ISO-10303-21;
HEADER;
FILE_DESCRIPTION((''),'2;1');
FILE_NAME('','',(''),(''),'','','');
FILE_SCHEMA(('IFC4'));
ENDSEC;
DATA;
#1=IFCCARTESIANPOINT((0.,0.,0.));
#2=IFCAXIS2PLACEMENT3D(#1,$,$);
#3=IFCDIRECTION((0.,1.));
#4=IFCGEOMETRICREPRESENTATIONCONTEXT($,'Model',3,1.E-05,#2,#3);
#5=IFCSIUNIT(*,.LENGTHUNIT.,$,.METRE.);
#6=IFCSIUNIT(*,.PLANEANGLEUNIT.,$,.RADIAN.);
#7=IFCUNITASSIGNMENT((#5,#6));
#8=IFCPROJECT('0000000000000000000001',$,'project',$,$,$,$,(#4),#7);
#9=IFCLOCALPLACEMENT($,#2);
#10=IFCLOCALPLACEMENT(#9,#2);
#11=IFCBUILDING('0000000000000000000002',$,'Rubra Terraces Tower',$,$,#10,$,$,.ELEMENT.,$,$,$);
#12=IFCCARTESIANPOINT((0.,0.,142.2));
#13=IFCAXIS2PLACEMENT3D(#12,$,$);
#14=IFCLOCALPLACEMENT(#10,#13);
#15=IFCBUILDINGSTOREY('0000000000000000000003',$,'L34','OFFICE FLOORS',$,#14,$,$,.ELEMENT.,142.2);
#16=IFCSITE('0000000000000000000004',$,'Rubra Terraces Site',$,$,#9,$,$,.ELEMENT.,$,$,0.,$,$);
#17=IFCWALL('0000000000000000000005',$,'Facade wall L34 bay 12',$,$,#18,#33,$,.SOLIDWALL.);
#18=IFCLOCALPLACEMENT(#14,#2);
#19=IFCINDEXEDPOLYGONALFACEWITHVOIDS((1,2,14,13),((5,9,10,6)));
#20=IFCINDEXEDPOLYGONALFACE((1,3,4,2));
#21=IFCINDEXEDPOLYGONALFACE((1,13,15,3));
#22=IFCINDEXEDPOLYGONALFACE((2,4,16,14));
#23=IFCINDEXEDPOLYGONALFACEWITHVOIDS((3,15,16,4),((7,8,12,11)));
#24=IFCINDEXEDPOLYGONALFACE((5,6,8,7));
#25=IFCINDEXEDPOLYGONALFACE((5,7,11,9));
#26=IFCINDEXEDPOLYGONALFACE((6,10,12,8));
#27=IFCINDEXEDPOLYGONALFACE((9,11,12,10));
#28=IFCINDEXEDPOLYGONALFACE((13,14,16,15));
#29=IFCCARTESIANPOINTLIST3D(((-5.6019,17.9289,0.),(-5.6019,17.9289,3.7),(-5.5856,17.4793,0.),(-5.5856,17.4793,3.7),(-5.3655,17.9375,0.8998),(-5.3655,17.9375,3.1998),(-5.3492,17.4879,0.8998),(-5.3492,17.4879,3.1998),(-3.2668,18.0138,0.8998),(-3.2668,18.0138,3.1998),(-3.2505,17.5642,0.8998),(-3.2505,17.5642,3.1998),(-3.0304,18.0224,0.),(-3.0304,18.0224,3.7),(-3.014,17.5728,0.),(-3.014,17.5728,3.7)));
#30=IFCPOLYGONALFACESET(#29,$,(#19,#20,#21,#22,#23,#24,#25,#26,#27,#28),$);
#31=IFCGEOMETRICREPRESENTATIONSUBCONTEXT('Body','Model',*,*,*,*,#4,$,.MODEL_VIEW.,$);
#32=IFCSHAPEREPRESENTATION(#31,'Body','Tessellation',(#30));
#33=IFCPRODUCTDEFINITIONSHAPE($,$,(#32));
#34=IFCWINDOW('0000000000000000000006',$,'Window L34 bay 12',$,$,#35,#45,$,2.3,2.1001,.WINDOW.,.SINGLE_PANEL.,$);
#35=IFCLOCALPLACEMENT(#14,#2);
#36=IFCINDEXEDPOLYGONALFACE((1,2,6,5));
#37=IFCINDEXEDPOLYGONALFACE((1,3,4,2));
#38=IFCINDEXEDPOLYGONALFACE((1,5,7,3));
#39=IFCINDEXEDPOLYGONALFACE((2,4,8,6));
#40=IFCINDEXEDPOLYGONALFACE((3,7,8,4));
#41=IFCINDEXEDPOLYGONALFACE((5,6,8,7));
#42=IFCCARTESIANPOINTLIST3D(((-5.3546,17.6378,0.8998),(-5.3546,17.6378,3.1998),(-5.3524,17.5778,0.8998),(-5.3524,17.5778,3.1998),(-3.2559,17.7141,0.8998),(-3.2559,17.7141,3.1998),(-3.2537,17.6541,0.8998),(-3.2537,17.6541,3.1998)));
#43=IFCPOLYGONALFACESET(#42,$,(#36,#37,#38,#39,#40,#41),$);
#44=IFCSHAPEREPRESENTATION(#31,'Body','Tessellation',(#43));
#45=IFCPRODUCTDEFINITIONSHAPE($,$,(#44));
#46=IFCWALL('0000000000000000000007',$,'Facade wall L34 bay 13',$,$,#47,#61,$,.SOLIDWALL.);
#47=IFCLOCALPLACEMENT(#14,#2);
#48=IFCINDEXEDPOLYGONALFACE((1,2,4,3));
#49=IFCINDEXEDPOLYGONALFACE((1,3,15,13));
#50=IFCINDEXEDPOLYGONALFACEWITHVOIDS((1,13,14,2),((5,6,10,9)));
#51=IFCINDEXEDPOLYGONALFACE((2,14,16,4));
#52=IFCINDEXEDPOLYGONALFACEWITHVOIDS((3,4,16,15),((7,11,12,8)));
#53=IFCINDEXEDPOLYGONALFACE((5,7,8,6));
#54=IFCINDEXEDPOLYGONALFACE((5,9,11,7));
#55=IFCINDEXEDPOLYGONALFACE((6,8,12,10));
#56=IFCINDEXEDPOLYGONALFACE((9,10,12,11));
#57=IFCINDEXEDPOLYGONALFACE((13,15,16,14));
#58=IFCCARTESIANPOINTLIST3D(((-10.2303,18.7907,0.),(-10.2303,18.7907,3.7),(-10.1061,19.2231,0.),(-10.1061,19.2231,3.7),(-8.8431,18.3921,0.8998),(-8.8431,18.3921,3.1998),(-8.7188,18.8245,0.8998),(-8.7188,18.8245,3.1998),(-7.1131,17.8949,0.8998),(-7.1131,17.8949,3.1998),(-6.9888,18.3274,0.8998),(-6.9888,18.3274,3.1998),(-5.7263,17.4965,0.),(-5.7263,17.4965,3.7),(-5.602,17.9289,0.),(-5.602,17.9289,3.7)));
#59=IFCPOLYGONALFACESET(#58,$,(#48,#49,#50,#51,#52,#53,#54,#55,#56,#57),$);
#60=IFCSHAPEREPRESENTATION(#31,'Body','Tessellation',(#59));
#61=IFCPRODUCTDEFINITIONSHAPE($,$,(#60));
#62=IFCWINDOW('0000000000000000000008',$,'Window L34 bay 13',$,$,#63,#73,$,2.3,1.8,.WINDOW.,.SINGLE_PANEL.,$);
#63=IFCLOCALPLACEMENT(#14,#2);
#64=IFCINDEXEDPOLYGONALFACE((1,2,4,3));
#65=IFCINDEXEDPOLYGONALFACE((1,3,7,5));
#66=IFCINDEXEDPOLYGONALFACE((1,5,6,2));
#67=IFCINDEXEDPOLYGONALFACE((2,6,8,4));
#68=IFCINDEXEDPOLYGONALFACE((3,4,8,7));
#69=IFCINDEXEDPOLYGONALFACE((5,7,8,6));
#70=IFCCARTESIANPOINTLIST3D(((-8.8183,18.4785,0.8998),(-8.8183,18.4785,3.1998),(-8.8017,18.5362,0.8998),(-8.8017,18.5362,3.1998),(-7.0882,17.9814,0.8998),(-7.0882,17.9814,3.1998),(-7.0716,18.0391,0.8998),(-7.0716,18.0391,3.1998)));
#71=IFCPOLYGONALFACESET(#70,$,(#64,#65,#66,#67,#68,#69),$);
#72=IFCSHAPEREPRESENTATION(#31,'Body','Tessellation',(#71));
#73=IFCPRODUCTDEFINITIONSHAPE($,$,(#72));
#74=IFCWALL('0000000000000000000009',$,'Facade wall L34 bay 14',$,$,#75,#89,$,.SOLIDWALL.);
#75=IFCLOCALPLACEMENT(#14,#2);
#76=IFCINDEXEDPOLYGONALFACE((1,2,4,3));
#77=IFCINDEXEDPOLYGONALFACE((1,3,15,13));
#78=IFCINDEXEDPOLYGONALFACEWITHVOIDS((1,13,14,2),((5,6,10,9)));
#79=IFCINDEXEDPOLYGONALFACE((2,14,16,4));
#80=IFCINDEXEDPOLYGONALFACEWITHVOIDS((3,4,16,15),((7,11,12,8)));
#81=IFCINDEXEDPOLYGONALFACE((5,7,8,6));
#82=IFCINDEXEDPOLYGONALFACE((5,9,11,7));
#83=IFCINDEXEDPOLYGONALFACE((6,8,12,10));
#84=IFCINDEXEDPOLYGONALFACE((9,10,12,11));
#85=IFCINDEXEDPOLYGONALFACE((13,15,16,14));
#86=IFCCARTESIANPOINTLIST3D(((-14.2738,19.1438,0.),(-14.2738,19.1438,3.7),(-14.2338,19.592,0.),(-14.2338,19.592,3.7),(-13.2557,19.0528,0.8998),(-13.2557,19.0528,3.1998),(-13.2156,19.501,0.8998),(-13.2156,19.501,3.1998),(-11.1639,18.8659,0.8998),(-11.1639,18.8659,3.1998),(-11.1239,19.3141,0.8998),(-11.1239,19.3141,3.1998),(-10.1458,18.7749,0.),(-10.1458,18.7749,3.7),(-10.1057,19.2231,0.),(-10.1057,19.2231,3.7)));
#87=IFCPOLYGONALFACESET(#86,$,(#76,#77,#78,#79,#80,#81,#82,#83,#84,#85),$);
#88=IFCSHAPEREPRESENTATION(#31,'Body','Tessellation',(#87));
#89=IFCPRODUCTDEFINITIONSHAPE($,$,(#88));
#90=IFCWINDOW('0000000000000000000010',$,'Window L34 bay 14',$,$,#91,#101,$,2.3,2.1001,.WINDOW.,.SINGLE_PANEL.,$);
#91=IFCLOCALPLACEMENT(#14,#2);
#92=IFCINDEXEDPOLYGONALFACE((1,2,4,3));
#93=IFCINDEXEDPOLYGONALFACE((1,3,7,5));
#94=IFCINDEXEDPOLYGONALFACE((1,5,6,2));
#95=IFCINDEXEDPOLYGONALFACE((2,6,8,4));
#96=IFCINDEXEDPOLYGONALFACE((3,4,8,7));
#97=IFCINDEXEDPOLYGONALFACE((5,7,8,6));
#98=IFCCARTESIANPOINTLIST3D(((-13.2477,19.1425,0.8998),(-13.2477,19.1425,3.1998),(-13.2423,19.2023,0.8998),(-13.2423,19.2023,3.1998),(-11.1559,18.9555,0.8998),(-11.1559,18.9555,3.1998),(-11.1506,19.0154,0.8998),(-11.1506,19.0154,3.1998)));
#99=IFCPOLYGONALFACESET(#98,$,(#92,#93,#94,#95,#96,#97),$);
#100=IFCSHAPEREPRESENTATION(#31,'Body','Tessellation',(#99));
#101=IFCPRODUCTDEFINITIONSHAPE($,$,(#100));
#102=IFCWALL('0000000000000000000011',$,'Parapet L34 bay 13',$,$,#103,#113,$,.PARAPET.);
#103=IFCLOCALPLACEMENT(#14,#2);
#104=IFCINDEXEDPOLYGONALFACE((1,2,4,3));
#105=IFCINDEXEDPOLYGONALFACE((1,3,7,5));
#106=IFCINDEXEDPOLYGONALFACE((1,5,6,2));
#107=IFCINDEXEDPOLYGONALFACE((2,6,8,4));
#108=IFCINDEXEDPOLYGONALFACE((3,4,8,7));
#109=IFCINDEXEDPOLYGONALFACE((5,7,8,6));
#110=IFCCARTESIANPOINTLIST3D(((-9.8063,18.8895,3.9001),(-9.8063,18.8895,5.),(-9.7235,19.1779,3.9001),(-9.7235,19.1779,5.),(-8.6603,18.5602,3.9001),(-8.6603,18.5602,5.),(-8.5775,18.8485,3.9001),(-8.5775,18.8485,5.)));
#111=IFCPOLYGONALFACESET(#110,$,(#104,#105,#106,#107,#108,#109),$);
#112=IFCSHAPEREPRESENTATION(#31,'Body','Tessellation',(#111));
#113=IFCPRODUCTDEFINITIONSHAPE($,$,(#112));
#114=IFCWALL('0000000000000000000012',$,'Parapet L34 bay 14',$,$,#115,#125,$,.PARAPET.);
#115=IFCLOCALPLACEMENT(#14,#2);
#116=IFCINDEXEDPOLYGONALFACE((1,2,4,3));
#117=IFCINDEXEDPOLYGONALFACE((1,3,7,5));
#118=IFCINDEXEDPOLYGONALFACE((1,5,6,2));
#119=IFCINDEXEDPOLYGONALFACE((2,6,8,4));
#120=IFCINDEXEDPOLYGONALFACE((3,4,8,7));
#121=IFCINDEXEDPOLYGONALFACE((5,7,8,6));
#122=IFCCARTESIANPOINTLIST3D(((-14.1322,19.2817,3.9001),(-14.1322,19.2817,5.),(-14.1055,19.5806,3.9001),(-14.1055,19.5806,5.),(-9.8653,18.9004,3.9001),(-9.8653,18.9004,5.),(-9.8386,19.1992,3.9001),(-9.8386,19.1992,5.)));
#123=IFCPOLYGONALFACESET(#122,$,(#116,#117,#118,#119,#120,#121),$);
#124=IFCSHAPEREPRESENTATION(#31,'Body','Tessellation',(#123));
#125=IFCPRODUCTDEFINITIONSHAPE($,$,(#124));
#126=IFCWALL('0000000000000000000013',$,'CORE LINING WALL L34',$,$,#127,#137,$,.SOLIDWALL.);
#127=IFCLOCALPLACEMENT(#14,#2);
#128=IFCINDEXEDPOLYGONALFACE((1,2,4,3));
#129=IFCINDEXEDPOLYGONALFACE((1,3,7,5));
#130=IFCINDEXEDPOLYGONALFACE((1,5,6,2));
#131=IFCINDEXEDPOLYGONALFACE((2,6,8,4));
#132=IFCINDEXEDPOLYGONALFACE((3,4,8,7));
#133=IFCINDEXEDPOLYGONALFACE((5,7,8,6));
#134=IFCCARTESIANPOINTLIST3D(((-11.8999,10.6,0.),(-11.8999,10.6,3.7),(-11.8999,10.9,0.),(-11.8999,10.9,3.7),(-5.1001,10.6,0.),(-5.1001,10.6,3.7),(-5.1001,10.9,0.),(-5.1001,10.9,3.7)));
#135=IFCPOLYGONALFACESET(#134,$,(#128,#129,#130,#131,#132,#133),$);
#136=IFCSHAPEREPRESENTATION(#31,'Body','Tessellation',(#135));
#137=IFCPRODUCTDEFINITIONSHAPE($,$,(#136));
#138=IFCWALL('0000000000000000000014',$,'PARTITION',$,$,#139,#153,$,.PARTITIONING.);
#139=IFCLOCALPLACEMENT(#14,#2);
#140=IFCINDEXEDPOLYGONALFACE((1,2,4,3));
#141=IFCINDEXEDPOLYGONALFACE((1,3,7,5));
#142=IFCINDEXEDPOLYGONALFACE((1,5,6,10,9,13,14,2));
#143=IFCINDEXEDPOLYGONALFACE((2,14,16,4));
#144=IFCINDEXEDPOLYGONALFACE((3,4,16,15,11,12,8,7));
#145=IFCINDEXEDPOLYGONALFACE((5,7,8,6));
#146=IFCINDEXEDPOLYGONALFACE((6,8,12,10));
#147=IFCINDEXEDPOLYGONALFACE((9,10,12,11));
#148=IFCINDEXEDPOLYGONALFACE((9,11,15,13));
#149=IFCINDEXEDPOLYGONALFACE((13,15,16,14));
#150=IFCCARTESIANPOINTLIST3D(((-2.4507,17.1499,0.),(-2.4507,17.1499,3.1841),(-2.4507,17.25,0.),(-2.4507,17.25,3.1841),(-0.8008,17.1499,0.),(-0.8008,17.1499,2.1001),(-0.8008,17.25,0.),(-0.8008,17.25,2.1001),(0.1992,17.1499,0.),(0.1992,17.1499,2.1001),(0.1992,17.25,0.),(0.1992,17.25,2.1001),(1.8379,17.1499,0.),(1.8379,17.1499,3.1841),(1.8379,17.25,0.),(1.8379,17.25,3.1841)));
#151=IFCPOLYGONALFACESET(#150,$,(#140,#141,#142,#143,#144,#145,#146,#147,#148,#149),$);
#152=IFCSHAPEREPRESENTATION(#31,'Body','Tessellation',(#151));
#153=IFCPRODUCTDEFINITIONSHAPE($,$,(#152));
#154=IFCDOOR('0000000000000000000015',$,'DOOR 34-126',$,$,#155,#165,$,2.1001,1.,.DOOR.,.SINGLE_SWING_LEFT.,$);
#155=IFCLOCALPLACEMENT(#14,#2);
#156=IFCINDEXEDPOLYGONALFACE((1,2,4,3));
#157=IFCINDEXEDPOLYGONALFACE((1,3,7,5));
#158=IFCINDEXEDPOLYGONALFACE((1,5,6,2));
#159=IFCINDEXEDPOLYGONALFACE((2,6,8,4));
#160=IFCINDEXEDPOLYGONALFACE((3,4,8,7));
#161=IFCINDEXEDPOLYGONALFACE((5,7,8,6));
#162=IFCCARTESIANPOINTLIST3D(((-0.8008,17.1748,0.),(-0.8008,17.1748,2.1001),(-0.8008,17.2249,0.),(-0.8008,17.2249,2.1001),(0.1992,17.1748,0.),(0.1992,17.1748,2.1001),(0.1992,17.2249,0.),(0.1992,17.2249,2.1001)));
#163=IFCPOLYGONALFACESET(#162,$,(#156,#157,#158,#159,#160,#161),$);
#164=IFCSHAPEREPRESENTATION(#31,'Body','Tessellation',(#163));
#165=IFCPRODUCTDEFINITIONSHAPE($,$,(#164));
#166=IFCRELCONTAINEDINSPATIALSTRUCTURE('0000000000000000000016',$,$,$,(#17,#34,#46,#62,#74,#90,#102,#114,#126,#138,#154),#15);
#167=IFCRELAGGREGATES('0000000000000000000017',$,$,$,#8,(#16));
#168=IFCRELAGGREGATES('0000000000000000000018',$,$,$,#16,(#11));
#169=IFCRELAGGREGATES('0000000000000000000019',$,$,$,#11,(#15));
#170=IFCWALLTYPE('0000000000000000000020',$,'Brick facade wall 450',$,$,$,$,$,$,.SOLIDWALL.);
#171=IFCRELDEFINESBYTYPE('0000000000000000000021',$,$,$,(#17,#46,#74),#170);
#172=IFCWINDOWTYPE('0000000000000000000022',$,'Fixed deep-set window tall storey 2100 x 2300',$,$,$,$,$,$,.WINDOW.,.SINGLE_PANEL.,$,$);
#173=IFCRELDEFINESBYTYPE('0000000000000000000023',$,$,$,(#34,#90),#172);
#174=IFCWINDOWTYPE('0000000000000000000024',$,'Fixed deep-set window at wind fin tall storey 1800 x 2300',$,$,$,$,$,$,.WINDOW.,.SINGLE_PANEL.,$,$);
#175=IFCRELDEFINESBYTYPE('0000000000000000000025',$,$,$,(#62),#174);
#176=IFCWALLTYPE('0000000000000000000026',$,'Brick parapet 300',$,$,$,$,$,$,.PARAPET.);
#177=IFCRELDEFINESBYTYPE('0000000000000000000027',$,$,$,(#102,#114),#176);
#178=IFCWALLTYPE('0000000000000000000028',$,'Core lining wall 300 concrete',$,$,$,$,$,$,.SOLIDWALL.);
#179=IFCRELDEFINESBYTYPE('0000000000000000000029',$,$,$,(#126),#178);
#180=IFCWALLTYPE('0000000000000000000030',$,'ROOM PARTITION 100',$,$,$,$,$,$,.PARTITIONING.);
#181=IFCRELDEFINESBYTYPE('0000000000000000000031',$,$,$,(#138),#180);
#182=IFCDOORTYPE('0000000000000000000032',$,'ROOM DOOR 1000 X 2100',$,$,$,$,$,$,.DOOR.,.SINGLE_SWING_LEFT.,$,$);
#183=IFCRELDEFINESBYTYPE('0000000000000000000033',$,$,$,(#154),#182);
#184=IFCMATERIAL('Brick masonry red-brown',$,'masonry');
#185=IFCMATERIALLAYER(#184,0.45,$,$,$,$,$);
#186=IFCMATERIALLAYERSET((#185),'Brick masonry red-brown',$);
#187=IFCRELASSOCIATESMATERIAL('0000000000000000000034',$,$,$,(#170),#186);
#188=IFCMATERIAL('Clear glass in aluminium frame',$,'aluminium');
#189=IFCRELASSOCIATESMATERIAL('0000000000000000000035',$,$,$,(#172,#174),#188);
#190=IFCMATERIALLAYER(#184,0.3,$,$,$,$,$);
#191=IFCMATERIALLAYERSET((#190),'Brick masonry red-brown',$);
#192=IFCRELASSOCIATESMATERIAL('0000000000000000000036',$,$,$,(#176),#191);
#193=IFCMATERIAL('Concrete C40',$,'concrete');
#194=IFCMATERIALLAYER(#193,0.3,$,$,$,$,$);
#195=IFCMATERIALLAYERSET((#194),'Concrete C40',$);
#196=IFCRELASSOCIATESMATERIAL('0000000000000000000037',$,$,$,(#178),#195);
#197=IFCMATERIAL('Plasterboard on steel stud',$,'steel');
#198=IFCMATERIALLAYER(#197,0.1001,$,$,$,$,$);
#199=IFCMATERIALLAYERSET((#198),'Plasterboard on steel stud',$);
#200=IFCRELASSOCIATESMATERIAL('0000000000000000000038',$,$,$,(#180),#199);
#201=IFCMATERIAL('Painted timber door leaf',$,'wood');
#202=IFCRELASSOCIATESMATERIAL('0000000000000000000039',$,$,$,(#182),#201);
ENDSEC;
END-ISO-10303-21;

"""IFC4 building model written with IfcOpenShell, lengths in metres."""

from ifc_helpers import new_model, si_unit, direction, frame, frame_2d, origin, place, context, subcontext, project, spatial, rectangle, extrude, material, layer, layer_set, type_object, element, fill, save


model = new_model("IFC4")

# Units and contexts
model_context = context("Model", 3, precision=1e-05, world=origin(), true_north=direction((0.0, 1.0)))
body_context = subcontext(model_context, "Body", "Model", "MODEL_VIEW")
ifc_project = project(units=[si_unit("LENGTHUNIT", "METRE"), si_unit("PLANEANGLEUNIT", "RADIAN")], contexts=[model_context])

# Site, building, storey
site_placement = place(None, origin())
site = spatial("IfcSite", under=ifc_project, at=site_placement, Name="Rubra Terraces Site", CompositionType="ELEMENT", RefElevation=0.0)
building_placement = place(site_placement, origin())
building = spatial("IfcBuilding", under=site, at=building_placement, Name="Rubra Terraces Tower", CompositionType="ELEMENT")
storey_placement = place(building_placement, frame((0.0, 0.0, 142.2)))
storey = spatial("IfcBuildingStorey", under=building, at=storey_placement, Name="L34", Description="OFFICE FLOORS", CompositionType="ELEMENT", Elevation=142.2)

# Walls, openings, windows
ifc_material_1 = material(Name="Brick masonry red-brown", Category="masonry")
ifc_layer_1 = layer(ifc_material_1, 0.45)
ifc_layer_set_1 = layer_set([ifc_layer_1], Name="Brick masonry red-brown")
wall_type_1 = type_object("IfcWallType", Name="Brick facade wall 450", PredefinedType="SOLIDWALL", material=ifc_layer_set_1)
wall_1_placement = place(storey_placement, frame((-3.0222, 17.7976, 0.0), z_axis=(0.0, 0.0, 1.0), x_axis=(-0.99934, -0.036338, 0.0)))
wall_1 = element("IfcWall", 1, at=wall_1_placement, inside=storey, type_object=wall_type_1, Name="Facade wall L34 bay 12", PredefinedType="SOLIDWALL", context=body_context, shape_type="SweptSolid", body=[
    extrude(rectangle(XDim=2.5732, YDim=0.45, at=frame_2d((1.2866, 0.0))), origin(), (0.0, 0.0, 1.0), 3.7),
])
opening_1_placement = place(wall_1_placement, frame((0.2366, 0.0, 0.8999)))
opening_1 = element("IfcOpeningElement", 2, at=opening_1_placement, cuts=wall_1, PredefinedType="OPENING", context=body_context, shape_type="SweptSolid", body=[
    extrude(rectangle(XDim=2.1001, YDim=2.3, at=frame_2d((1.05, 1.1499))), frame((0.0, 0.2349, 0.0), z_axis=(0.0, -1.0, 0.0), x_axis=(1.0, 0.0, 0.0)), (0.0, 0.0, 1.0), 0.47),
])
ifc_material_2 = material(Name="Clear glass in aluminium frame", Category="aluminium")
window_type_1 = type_object("IfcWindowType", Name="Fixed deep-set window tall storey 2100 x 2300", PartitioningType="SINGLE_PANEL", PredefinedType="WINDOW", material=ifc_material_2)
window_1_placement = place(opening_1_placement, origin())
window_1 = element("IfcWindow", 3, at=window_1_placement, inside=storey, type_object=window_type_1, Name="Window L34 bay 12", OverallHeight=2.3, OverallWidth=2.1001, PartitioningType="SINGLE_PANEL", PredefinedType="WINDOW", context=body_context, shape_type="SweptSolid", body=[
    extrude(rectangle(XDim=2.1001, YDim=2.3, at=frame_2d((1.05, 1.1499))), frame((0.0, 0.135, 0.0), z_axis=(0.0, -1.0, 0.0), x_axis=(1.0, 0.0, 0.0)), (0.0, 0.0, 1.0), 0.0601),
])
fill(opening_1, window_1)
wall_2_placement = place(storey_placement, frame((-5.6641, 17.7126, 0.0), z_axis=(0.0, 0.0, 1.0), x_axis=(-0.961108, 0.276173, 0.0)))
wall_2 = element("IfcWall", 4, at=wall_2_placement, inside=storey, type_object=wall_type_1, Name="Facade wall L34 bay 13", PredefinedType="SOLIDWALL", context=body_context, shape_type="SweptSolid", body=[
    extrude(rectangle(XDim=4.6863, YDim=0.45, at=frame_2d((2.3433, 0.0))), origin(), (0.0, 0.0, 1.0), 3.7),
])
opening_2_placement = place(wall_2_placement, frame((1.4431, 0.0, 0.8999)))
opening_2 = element("IfcOpeningElement", 5, at=opening_2_placement, cuts=wall_2, PredefinedType="OPENING", context=body_context, shape_type="SweptSolid", body=[
    extrude(rectangle(XDim=1.8, YDim=2.3, at=frame_2d((0.8999, 1.1499))), frame((0.0, 0.2349, 0.0), z_axis=(0.0, -1.0, 0.0), x_axis=(1.0, 0.0, 0.0)), (0.0, 0.0, 1.0), 0.47),
])
window_type_2 = type_object("IfcWindowType", Name="Fixed deep-set window at wind fin tall storey 1800 x 2300", PartitioningType="SINGLE_PANEL", PredefinedType="WINDOW", material=ifc_material_2)
window_2_placement = place(opening_2_placement, origin())
window_2 = element("IfcWindow", 6, at=window_2_placement, inside=storey, type_object=window_type_2, Name="Window L34 bay 13", OverallHeight=2.3, OverallWidth=1.8, PartitioningType="SINGLE_PANEL", PredefinedType="WINDOW", context=body_context, shape_type="SweptSolid", body=[
    extrude(rectangle(XDim=1.8, YDim=2.3, at=frame_2d((0.8999, 1.1499))), frame((0.0, 0.135, 0.0), z_axis=(0.0, -1.0, 0.0), x_axis=(1.0, 0.0, 0.0)), (0.0, 0.0, 1.0), 0.0601),
])
fill(opening_2, window_2)
wall_3_placement = place(storey_placement, frame((-10.1257, 18.999, 0.0), z_axis=(0.0, 0.0, 1.0), x_axis=(-0.996031, 0.089006, 0.0)))
wall_3 = element("IfcWall", 7, at=wall_3_placement, inside=storey, type_object=wall_type_1, Name="Facade wall L34 bay 14", PredefinedType="SOLIDWALL", context=body_context, shape_type="SweptSolid", body=[
    extrude(rectangle(XDim=4.1445, YDim=0.45, at=frame_2d((2.0723, 0.0))), origin(), (0.0, 0.0, 1.0), 3.7),
])
opening_3_placement = place(wall_3_placement, frame((1.0222, 0.0, 0.8999)))
opening_3 = element("IfcOpeningElement", 8, at=opening_3_placement, cuts=wall_3, PredefinedType="OPENING", context=body_context, shape_type="SweptSolid", body=[
    extrude(rectangle(XDim=2.1001, YDim=2.3, at=frame_2d((1.05, 1.1499))), frame((0.0, 0.2349, 0.0), z_axis=(0.0, -1.0, 0.0), x_axis=(1.0, 0.0, 0.0)), (0.0, 0.0, 1.0), 0.47),
])
window_3_placement = place(opening_3_placement, origin())
window_3 = element("IfcWindow", 9, at=window_3_placement, inside=storey, type_object=window_type_1, Name="Window L34 bay 14", OverallHeight=2.3, OverallWidth=2.1001, PartitioningType="SINGLE_PANEL", PredefinedType="WINDOW", context=body_context, shape_type="SweptSolid", body=[
    extrude(rectangle(XDim=2.1001, YDim=2.3, at=frame_2d((1.05, 1.1499))), frame((0.0, 0.135, 0.0), z_axis=(0.0, -1.0, 0.0), x_axis=(1.0, 0.0, 0.0)), (0.0, 0.0, 1.0), 0.0601),
])
fill(opening_3, window_3)

# Walls
ifc_layer_2 = layer(ifc_material_1, 0.3)
ifc_layer_set_2 = layer_set([ifc_layer_2], Name="Brick masonry red-brown")
wall_type_2 = type_object("IfcWallType", Name="Brick parapet 300", PredefinedType="PARAPET", material=ifc_layer_set_2)
wall_4_placement = place(storey_placement, frame((-8.6189, 18.7043, 3.9001), z_axis=(0.0, 0.0, 1.0), x_axis=(-0.961098, 0.276208, 0.0)))
element("IfcWall", 10, at=wall_4_placement, inside=storey, type_object=wall_type_2, Name="Parapet L34 bay 13", PredefinedType="PARAPET", context=body_context, shape_type="SweptSolid", body=[
    extrude(rectangle(XDim=1.1924, YDim=0.3, at=frame_2d((0.5962, 0.0))), origin(), (0.0, 0.0, 1.0), 1.0999),
])
wall_5_placement = place(storey_placement, frame((-9.8518, 19.0498, 3.9001), z_axis=(0.0, 0.0, 1.0), x_axis=(-0.99603, 0.08902, 0.0)))
element("IfcWall", 11, at=wall_5_placement, inside=storey, type_object=wall_type_2, Name="Parapet L34 bay 14", PredefinedType="PARAPET", context=body_context, shape_type="SweptSolid", body=[
    extrude(rectangle(XDim=4.2839, YDim=0.3, at=frame_2d((2.1421, 0.0))), origin(), (0.0, 0.0, 1.0), 1.0999),
])
ifc_material_3 = material(Name="Concrete C40", Category="concrete")
ifc_layer_3 = layer(ifc_material_3, 0.3)
ifc_layer_set_3 = layer_set([ifc_layer_3], Name="Concrete C40")
wall_type_3 = type_object("IfcWallType", Name="Core lining wall 300 concrete", PredefinedType="SOLIDWALL", material=ifc_layer_set_3)
wall_6_placement = place(storey_placement, frame((-11.8999, 10.75, 0.0), z_axis=(0.0, 0.0, 1.0), x_axis=(1.0, 0.0, 0.0)))
element("IfcWall", 12, at=wall_6_placement, inside=storey, type_object=wall_type_3, Name="CORE LINING WALL L34", PredefinedType="SOLIDWALL", context=body_context, shape_type="SweptSolid", body=[
    extrude(rectangle(XDim=6.7998, YDim=0.3, at=frame_2d((3.3999, 0.0))), origin(), (0.0, 0.0, 1.0), 3.7),
])

# Wall, opening, door
ifc_material_4 = material(Name="Plasterboard on steel stud", Category="steel")
ifc_layer_4 = layer(ifc_material_4, 0.1001)
ifc_layer_set_4 = layer_set([ifc_layer_4], Name="Plasterboard on steel stud")
wall_type_4 = type_object("IfcWallType", Name="ROOM PARTITION 100", PredefinedType="PARTITIONING", material=ifc_layer_set_4)
wall_7_placement = place(storey_placement, frame((-2.4507, 17.2, 0.0), z_axis=(0.0, 0.0, 1.0), x_axis=(1.0, 0.0, 0.0)))
wall_7 = element("IfcWall", 13, at=wall_7_placement, inside=storey, type_object=wall_type_4, Name="PARTITION", PredefinedType="PARTITIONING", context=body_context, shape_type="SweptSolid", body=[
    extrude(rectangle(XDim=4.2886, YDim=0.1001, at=frame_2d((2.1443, 0.0))), origin(), (0.0, 0.0, 1.0), 3.1841),
])
opening_4_placement = place(wall_7_placement, frame((1.6499, 0.0, 0.0)))
opening_4 = element("IfcOpeningElement", 14, at=opening_4_placement, cuts=wall_7, PredefinedType="OPENING", context=body_context, shape_type="SweptSolid", body=[
    extrude(rectangle(XDim=1.0, YDim=2.1001, at=frame_2d((0.5, 1.05))), frame((0.0, 0.0601, 0.0), z_axis=(0.0, -1.0, 0.0), x_axis=(1.0, 0.0, 0.0)), (0.0, 0.0, 1.0), 0.1201),
])
ifc_material_5 = material(Name="Painted timber door leaf", Category="wood")
door_type = type_object("IfcDoorType", Name="ROOM DOOR 1000 X 2100", OperationType="SINGLE_SWING_LEFT", PredefinedType="DOOR", material=ifc_material_5)
door_placement = place(opening_4_placement, origin())
door = element("IfcDoor", 15, at=door_placement, inside=storey, type_object=door_type, Name="DOOR 34-126", OperationType="SINGLE_SWING_LEFT", OverallHeight=2.1001, OverallWidth=1.0, PredefinedType="DOOR", context=body_context, shape_type="SweptSolid", body=[
    extrude(rectangle(XDim=1.0, YDim=2.1001, at=frame_2d((0.5, 1.05))), frame((0.0, 0.0249, 0.0), z_axis=(0.0, -1.0, 0.0), x_axis=(1.0, 0.0, 0.0)), (0.0, 0.0, 1.0), 0.05),
])
fill(opening_4, door)

save(model, "model.ifc")
